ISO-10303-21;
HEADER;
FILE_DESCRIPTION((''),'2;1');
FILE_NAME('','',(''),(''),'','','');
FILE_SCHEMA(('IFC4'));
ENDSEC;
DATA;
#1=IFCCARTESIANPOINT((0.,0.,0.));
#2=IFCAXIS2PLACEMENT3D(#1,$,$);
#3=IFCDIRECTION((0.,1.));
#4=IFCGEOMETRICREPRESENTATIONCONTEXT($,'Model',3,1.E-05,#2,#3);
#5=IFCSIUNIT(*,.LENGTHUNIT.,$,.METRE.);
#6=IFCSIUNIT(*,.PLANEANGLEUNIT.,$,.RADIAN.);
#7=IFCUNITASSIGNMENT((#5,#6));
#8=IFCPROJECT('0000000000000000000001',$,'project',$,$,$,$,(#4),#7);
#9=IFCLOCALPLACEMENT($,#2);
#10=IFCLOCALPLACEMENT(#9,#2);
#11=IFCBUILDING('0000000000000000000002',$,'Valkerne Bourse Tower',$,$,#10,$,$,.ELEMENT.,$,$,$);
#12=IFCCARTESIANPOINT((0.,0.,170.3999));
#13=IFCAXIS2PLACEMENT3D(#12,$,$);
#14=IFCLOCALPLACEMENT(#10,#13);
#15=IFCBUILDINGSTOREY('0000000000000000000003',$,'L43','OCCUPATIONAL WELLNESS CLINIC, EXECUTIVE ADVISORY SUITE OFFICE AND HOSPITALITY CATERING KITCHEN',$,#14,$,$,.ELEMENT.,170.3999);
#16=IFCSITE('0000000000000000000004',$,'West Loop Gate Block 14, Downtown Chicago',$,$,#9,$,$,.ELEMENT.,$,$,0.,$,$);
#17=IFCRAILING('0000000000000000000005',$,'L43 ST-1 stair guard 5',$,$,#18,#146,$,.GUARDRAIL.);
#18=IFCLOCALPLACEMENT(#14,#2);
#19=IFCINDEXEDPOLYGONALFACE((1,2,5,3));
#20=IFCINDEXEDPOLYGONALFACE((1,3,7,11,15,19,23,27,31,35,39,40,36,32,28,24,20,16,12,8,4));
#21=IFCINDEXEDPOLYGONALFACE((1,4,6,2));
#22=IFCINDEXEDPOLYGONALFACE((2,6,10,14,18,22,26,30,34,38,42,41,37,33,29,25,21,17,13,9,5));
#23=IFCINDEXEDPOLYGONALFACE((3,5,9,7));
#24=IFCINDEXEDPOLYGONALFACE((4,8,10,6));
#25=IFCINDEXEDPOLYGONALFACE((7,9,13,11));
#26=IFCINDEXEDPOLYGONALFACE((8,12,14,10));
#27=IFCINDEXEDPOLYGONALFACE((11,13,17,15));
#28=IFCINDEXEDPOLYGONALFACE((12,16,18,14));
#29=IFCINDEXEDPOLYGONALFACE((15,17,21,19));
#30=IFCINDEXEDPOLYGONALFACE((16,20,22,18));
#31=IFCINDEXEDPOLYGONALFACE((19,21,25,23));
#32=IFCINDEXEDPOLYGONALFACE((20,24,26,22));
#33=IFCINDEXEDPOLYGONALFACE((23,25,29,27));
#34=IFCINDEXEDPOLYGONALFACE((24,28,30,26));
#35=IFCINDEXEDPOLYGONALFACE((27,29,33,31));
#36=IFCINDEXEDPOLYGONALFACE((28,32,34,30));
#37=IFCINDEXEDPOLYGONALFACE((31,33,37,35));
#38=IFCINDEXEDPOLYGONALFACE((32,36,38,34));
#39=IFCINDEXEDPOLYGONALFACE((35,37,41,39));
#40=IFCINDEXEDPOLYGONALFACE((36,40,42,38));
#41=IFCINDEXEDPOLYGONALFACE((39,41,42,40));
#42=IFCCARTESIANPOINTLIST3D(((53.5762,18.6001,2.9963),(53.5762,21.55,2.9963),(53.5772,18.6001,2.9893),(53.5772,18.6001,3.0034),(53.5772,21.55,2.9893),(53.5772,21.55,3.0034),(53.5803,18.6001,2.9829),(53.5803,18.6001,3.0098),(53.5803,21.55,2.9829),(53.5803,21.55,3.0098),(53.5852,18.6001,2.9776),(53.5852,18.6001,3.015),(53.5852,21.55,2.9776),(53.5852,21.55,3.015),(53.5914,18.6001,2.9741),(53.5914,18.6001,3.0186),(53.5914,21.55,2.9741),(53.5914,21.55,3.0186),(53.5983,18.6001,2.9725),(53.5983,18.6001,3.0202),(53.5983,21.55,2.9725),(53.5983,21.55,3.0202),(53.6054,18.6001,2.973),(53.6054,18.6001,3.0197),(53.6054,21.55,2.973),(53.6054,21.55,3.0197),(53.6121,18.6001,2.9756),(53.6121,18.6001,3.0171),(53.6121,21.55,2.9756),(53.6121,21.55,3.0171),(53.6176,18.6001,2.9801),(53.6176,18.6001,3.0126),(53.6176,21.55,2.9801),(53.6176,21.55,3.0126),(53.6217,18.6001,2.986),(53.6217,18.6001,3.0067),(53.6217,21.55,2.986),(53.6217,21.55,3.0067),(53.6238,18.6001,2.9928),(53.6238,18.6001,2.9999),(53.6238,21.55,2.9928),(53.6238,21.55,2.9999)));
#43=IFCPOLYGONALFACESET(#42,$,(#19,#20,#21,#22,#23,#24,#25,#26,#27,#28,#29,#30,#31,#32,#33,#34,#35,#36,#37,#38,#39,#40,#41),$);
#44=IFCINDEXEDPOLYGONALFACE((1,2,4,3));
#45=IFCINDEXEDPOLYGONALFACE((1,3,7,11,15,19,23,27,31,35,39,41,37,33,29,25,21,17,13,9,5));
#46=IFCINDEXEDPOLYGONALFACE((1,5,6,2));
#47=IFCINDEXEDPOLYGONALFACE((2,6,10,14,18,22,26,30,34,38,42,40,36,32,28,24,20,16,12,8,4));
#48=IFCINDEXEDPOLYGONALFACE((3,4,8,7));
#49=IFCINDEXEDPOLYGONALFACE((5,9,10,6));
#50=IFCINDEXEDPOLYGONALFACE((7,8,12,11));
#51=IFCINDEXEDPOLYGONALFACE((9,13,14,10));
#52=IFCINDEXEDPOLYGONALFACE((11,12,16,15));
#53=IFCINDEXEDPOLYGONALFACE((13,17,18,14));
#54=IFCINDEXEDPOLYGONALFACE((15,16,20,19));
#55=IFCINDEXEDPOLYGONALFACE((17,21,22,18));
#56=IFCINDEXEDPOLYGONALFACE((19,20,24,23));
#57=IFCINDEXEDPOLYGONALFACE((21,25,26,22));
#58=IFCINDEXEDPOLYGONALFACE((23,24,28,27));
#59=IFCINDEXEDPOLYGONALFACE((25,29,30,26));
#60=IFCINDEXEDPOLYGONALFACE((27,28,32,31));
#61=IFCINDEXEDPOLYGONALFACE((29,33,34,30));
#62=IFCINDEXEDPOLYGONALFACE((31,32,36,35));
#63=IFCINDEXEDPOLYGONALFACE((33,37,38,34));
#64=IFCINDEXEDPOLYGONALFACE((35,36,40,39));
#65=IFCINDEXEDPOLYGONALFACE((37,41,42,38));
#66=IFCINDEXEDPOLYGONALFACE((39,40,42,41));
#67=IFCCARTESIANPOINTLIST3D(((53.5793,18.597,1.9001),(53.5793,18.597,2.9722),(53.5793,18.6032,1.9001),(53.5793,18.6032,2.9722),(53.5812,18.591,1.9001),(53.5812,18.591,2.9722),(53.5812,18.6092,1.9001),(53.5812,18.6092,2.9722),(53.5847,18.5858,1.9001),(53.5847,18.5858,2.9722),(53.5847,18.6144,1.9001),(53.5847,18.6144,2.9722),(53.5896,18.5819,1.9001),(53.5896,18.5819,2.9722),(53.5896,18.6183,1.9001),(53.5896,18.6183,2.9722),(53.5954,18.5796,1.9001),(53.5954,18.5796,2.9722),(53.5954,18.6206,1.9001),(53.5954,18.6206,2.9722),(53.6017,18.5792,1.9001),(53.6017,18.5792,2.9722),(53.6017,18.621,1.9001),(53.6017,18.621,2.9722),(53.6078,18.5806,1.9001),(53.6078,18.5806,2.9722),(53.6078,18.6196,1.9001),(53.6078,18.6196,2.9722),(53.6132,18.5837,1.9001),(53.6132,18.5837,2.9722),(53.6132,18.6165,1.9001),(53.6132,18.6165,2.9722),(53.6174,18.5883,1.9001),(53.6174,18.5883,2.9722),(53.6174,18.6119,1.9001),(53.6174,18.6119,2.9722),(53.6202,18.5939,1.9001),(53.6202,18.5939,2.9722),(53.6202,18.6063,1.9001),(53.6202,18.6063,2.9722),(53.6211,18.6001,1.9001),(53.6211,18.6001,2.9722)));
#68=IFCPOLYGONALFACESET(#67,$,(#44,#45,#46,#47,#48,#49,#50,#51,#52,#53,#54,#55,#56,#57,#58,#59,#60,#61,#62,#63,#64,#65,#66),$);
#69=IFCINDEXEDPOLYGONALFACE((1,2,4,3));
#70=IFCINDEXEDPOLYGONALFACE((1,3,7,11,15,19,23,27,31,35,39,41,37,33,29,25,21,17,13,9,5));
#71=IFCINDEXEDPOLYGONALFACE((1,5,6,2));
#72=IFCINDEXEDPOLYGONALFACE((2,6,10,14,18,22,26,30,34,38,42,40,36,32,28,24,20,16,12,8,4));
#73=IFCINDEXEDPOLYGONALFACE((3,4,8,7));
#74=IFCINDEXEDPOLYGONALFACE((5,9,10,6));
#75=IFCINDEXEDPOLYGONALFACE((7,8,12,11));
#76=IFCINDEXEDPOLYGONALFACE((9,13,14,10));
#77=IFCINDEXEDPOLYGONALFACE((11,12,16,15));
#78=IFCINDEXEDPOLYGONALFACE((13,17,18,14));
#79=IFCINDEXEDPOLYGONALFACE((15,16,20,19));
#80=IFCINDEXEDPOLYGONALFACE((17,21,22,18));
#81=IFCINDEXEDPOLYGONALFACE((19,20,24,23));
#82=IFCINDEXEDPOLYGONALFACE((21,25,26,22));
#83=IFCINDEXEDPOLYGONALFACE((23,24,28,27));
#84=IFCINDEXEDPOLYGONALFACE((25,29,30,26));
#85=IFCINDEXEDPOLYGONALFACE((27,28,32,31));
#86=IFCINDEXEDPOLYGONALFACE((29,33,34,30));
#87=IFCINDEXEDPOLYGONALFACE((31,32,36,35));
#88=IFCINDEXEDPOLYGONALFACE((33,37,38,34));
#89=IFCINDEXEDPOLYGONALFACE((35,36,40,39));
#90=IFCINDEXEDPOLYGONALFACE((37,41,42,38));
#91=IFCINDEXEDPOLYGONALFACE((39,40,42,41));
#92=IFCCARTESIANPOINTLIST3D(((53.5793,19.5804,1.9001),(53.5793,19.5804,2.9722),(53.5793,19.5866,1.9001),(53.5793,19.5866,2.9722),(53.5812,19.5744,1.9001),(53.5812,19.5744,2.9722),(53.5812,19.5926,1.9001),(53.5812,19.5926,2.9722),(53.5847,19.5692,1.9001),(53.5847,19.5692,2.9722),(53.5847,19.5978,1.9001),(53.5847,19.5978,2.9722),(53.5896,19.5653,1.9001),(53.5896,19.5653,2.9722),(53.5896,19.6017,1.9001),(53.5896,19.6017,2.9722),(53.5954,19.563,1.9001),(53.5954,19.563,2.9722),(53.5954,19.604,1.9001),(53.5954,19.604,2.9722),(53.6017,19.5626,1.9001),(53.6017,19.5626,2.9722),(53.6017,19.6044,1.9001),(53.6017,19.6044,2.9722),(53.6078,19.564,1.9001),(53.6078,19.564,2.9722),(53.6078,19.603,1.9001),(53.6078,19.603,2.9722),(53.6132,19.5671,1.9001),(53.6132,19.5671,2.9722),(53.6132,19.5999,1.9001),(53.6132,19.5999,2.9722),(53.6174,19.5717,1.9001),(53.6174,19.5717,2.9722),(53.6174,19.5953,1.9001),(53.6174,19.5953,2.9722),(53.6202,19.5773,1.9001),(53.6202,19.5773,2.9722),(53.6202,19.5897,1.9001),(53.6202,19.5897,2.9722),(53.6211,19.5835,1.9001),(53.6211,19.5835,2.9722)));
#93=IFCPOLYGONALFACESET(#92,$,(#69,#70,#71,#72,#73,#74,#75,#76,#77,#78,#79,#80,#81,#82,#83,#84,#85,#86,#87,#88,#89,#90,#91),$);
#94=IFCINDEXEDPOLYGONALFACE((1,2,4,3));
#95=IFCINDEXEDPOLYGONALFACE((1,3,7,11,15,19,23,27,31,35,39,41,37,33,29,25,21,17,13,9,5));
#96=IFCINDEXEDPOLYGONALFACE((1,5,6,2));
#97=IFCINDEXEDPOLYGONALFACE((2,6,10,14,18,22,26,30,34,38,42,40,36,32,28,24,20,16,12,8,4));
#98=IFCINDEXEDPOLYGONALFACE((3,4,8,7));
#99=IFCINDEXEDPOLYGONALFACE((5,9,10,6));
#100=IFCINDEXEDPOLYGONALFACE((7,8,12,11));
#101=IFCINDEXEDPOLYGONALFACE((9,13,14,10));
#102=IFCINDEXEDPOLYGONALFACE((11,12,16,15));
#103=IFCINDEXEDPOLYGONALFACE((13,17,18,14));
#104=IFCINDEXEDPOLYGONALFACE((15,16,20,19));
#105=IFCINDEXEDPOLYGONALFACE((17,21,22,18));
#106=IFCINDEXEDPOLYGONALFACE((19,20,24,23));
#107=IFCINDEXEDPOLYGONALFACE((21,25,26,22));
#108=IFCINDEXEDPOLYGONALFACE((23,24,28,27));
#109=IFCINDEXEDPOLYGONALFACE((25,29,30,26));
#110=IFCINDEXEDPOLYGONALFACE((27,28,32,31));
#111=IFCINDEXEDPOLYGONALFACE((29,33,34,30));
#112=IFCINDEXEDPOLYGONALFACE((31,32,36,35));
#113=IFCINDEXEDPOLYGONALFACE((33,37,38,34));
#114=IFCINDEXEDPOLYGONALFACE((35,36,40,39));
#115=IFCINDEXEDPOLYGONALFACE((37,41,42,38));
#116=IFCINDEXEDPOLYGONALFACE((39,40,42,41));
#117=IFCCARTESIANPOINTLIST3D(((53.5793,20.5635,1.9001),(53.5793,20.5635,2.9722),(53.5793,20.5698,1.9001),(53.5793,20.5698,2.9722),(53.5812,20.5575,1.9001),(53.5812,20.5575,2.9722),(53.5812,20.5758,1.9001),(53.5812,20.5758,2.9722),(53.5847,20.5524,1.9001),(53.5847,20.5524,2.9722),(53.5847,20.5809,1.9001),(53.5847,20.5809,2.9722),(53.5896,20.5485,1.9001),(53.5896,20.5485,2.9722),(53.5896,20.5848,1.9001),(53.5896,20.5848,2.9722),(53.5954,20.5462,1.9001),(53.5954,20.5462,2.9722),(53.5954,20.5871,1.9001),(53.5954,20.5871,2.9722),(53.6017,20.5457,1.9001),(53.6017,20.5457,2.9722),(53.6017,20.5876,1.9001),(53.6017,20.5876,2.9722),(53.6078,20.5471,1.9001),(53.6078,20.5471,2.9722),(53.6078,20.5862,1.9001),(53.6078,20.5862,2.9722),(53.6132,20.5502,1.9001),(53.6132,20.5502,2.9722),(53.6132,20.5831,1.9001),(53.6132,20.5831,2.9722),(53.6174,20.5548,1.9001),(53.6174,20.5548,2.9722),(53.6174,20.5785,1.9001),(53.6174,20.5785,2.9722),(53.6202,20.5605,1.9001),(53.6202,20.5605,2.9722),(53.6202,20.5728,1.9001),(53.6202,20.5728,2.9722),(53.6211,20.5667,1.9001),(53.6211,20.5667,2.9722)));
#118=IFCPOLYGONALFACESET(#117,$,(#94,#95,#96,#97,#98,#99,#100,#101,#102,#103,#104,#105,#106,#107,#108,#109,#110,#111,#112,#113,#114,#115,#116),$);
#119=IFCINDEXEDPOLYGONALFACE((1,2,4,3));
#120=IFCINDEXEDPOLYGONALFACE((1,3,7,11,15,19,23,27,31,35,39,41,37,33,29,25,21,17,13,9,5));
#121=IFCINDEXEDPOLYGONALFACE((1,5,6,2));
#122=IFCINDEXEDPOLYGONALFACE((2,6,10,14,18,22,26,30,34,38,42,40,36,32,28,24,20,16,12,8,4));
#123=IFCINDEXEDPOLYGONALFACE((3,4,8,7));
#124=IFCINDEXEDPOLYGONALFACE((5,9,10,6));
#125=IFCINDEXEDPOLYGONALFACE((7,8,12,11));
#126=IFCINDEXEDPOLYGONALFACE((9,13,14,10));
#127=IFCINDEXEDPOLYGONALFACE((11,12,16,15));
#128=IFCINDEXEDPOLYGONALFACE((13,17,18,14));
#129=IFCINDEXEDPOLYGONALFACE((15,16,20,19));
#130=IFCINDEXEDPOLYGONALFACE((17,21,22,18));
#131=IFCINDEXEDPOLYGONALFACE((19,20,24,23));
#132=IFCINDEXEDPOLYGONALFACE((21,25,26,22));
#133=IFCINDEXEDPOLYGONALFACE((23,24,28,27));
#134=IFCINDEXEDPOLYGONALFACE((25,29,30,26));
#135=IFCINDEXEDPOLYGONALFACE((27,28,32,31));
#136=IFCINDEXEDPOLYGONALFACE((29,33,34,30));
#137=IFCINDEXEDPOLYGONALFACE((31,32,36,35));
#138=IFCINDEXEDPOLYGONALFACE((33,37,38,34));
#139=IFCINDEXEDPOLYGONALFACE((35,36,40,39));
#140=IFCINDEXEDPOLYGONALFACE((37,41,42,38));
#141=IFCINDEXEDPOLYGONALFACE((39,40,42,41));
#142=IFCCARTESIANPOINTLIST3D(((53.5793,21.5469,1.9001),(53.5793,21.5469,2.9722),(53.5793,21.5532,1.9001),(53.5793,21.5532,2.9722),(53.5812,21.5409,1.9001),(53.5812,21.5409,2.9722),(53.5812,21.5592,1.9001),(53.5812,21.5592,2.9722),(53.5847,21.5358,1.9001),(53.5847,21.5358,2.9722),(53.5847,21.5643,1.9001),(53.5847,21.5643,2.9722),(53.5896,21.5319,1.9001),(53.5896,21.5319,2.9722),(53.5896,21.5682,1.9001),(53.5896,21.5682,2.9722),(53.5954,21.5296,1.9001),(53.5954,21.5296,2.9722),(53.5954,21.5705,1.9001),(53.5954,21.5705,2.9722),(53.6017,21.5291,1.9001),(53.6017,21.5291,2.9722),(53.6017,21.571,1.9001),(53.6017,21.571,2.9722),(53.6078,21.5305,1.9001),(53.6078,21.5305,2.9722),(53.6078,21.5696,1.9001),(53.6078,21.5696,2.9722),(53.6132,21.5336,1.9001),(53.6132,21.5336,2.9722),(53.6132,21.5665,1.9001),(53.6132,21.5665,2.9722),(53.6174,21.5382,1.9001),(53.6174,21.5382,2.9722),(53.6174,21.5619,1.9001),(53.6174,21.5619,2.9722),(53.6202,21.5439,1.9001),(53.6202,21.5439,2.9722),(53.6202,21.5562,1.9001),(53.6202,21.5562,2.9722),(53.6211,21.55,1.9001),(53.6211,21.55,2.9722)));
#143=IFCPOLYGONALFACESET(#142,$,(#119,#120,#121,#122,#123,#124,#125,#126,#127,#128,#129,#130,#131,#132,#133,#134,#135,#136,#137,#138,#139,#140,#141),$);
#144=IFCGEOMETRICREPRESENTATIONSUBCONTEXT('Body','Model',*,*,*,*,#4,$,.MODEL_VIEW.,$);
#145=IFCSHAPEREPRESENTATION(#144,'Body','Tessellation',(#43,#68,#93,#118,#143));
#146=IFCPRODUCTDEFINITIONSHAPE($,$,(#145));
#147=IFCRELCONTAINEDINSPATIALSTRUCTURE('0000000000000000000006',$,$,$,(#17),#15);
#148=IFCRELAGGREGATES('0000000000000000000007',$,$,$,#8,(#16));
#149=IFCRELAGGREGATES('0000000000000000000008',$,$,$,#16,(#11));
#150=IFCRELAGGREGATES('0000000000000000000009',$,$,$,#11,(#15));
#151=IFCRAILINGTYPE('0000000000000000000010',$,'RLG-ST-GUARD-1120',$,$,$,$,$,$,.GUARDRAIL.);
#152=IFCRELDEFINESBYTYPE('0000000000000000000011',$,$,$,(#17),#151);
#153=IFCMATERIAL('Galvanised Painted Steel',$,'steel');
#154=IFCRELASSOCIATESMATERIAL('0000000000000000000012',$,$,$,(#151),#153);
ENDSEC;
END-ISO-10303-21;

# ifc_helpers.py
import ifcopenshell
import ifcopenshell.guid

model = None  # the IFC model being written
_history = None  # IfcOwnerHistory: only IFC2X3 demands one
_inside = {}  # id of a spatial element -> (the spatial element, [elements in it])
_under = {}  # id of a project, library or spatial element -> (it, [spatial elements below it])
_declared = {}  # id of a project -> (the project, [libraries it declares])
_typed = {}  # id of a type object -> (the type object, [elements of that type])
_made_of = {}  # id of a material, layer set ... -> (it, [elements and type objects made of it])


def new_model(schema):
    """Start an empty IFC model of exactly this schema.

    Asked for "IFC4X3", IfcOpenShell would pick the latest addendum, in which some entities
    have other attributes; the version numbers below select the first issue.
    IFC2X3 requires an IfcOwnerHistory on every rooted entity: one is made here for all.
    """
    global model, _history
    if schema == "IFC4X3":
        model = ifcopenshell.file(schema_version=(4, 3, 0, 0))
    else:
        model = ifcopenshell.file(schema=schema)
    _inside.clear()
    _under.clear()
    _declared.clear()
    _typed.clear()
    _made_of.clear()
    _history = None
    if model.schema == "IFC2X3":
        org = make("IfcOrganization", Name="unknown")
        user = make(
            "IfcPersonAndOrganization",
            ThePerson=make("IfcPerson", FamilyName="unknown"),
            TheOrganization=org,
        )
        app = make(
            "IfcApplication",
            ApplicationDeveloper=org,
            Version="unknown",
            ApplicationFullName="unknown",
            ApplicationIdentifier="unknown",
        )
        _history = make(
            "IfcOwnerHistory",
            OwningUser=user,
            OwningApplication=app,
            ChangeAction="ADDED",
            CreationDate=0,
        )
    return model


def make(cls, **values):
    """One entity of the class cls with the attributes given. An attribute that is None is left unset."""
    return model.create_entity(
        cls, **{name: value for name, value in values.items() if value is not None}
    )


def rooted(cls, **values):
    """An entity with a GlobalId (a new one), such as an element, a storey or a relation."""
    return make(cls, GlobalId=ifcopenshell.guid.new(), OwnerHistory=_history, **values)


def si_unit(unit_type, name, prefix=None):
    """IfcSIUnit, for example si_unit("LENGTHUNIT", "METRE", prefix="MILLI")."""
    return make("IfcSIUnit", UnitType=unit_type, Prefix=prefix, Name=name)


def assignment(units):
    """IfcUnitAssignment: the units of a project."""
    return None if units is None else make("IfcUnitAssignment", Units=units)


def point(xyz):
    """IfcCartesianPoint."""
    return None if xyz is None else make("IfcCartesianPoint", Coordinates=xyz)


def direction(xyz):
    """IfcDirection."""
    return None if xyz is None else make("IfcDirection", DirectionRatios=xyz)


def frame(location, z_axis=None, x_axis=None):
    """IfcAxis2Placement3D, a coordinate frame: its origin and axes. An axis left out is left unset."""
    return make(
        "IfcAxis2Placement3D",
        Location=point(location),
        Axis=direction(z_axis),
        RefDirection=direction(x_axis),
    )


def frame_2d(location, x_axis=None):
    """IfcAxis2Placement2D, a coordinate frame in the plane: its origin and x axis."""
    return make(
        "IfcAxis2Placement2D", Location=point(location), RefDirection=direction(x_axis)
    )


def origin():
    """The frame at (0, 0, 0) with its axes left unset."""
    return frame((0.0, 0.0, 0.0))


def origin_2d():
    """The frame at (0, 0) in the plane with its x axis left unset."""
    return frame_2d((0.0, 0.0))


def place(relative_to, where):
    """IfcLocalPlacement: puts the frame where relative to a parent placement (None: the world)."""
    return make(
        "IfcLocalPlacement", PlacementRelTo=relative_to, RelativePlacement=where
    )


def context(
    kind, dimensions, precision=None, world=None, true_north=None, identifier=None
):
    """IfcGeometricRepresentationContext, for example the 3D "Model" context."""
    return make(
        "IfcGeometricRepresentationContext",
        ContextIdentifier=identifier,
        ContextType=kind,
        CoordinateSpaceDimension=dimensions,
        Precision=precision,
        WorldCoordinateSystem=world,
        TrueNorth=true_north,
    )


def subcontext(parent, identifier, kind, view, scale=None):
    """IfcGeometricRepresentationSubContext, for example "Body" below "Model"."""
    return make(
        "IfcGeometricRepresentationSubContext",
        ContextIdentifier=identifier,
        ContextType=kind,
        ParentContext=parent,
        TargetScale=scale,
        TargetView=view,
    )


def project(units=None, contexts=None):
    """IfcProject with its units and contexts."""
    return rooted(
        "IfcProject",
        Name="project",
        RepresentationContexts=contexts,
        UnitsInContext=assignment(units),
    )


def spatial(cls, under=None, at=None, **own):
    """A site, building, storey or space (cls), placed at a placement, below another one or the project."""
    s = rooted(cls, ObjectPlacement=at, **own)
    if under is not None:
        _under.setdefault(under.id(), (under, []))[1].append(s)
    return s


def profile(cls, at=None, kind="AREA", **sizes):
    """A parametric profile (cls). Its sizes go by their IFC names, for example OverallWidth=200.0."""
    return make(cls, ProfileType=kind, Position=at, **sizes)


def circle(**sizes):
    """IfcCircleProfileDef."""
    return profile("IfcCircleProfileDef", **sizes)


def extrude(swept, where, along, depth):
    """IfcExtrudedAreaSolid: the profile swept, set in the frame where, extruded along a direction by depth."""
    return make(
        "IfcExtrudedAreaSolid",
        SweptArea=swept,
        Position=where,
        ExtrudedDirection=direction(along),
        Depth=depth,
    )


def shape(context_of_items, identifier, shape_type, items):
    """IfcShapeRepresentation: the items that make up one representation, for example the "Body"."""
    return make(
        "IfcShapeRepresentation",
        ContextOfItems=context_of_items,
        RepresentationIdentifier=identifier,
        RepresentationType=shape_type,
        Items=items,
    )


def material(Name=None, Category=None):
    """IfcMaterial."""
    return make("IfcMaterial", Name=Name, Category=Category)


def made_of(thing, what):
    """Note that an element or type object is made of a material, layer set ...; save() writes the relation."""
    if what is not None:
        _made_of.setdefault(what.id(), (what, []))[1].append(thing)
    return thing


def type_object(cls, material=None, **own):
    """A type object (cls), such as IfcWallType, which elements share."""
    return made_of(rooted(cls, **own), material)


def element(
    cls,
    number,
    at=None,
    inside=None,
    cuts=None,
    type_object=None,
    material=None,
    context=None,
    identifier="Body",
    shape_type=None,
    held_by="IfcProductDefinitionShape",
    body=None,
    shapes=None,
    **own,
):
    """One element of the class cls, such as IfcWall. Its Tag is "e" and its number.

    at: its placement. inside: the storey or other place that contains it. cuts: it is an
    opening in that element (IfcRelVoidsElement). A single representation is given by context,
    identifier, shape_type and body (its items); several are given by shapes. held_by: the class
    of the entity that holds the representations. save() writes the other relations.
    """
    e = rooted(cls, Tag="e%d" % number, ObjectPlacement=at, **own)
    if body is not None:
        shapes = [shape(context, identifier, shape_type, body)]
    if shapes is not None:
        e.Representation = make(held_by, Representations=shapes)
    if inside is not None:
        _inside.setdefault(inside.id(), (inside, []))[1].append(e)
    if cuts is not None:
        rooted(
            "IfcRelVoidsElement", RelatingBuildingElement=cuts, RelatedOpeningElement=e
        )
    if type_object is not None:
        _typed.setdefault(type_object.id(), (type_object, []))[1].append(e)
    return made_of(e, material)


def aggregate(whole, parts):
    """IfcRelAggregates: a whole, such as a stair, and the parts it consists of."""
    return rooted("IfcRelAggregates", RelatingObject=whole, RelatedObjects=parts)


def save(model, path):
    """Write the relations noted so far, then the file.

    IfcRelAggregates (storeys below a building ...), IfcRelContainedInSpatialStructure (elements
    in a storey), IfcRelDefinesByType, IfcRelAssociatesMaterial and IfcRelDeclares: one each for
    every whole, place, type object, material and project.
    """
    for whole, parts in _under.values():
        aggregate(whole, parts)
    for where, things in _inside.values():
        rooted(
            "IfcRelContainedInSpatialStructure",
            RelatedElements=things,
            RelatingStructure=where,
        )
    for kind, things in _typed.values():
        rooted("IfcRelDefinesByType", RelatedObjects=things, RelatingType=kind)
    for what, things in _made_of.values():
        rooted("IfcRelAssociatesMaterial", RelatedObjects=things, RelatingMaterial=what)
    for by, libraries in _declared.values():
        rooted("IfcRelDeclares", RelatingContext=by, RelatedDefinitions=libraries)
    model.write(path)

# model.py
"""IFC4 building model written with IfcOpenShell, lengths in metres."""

from ifc_helpers import new_model, si_unit, direction, frame, origin, origin_2d, place, context, subcontext, project, spatial, circle, extrude, material, type_object, element, save


model = new_model("IFC4")

# Units and contexts
model_context = context("Model", 3, precision=1e-05, world=origin(), true_north=direction((0.0, 1.0)))
body_context = subcontext(model_context, "Body", "Model", "MODEL_VIEW")
ifc_project = project(units=[si_unit("LENGTHUNIT", "METRE"), si_unit("PLANEANGLEUNIT", "RADIAN")], contexts=[model_context])

# Site, building, storey
site_placement = place(None, origin())
site = spatial("IfcSite", under=ifc_project, at=site_placement, Name="West Loop Gate Block 14, Downtown Chicago", CompositionType="ELEMENT", RefElevation=0.0)
building_placement = place(site_placement, origin())
building = spatial("IfcBuilding", under=site, at=building_placement, Name="Valkerne Bourse Tower", CompositionType="ELEMENT")
storey_placement = place(building_placement, frame((0.0, 0.0, 170.3999)))
storey = spatial("IfcBuildingStorey", under=building, at=storey_placement, Name="L43", Description="OCCUPATIONAL WELLNESS CLINIC, EXECUTIVE ADVISORY SUITE OFFICE AND HOSPITALITY CATERING KITCHEN", CompositionType="ELEMENT", Elevation=170.3999)

# Railing
ifc_material_1 = material(Name="Galvanised Painted Steel", Category="steel")
railing_type = type_object("IfcRailingType", Name="RLG-ST-GUARD-1120", PredefinedType="GUARDRAIL", material=ifc_material_1)
railing_1_placement = place(storey_placement, frame((53.6001, 18.6001, 1.9001)))
element("IfcRailing", 1, at=railing_1_placement, inside=storey, type_object=railing_type, Name="L43 ST-1 stair guard 5", PredefinedType="GUARDRAIL", context=body_context, shape_type="SweptSolid", body=[
    extrude(circle(Radius=0.0239, at=origin_2d()), frame((0.0, 0.0, 1.0962), z_axis=(0.0, 1.0, 0.0), x_axis=(-1.0, 0.0, 0.0)), (0.0, 0.0, 1.0), 2.95),
    extrude(circle(Radius=0.021, at=origin_2d()), origin(), (0.0, 0.0, 1.0), 1.072),
    extrude(circle(Radius=0.021, at=origin_2d()), frame((0.0, 0.9834, 0.0)), (0.0, 0.0, 1.0), 1.072),
    extrude(circle(Radius=0.021, at=origin_2d()), frame((0.0, 1.9666, 0.0)), (0.0, 0.0, 1.0), 1.072),
    extrude(circle(Radius=0.021, at=origin_2d()), frame((0.0, 2.95, 0.0)), (0.0, 0.0, 1.0), 1.072),
])

save(model, "model.ifc")
